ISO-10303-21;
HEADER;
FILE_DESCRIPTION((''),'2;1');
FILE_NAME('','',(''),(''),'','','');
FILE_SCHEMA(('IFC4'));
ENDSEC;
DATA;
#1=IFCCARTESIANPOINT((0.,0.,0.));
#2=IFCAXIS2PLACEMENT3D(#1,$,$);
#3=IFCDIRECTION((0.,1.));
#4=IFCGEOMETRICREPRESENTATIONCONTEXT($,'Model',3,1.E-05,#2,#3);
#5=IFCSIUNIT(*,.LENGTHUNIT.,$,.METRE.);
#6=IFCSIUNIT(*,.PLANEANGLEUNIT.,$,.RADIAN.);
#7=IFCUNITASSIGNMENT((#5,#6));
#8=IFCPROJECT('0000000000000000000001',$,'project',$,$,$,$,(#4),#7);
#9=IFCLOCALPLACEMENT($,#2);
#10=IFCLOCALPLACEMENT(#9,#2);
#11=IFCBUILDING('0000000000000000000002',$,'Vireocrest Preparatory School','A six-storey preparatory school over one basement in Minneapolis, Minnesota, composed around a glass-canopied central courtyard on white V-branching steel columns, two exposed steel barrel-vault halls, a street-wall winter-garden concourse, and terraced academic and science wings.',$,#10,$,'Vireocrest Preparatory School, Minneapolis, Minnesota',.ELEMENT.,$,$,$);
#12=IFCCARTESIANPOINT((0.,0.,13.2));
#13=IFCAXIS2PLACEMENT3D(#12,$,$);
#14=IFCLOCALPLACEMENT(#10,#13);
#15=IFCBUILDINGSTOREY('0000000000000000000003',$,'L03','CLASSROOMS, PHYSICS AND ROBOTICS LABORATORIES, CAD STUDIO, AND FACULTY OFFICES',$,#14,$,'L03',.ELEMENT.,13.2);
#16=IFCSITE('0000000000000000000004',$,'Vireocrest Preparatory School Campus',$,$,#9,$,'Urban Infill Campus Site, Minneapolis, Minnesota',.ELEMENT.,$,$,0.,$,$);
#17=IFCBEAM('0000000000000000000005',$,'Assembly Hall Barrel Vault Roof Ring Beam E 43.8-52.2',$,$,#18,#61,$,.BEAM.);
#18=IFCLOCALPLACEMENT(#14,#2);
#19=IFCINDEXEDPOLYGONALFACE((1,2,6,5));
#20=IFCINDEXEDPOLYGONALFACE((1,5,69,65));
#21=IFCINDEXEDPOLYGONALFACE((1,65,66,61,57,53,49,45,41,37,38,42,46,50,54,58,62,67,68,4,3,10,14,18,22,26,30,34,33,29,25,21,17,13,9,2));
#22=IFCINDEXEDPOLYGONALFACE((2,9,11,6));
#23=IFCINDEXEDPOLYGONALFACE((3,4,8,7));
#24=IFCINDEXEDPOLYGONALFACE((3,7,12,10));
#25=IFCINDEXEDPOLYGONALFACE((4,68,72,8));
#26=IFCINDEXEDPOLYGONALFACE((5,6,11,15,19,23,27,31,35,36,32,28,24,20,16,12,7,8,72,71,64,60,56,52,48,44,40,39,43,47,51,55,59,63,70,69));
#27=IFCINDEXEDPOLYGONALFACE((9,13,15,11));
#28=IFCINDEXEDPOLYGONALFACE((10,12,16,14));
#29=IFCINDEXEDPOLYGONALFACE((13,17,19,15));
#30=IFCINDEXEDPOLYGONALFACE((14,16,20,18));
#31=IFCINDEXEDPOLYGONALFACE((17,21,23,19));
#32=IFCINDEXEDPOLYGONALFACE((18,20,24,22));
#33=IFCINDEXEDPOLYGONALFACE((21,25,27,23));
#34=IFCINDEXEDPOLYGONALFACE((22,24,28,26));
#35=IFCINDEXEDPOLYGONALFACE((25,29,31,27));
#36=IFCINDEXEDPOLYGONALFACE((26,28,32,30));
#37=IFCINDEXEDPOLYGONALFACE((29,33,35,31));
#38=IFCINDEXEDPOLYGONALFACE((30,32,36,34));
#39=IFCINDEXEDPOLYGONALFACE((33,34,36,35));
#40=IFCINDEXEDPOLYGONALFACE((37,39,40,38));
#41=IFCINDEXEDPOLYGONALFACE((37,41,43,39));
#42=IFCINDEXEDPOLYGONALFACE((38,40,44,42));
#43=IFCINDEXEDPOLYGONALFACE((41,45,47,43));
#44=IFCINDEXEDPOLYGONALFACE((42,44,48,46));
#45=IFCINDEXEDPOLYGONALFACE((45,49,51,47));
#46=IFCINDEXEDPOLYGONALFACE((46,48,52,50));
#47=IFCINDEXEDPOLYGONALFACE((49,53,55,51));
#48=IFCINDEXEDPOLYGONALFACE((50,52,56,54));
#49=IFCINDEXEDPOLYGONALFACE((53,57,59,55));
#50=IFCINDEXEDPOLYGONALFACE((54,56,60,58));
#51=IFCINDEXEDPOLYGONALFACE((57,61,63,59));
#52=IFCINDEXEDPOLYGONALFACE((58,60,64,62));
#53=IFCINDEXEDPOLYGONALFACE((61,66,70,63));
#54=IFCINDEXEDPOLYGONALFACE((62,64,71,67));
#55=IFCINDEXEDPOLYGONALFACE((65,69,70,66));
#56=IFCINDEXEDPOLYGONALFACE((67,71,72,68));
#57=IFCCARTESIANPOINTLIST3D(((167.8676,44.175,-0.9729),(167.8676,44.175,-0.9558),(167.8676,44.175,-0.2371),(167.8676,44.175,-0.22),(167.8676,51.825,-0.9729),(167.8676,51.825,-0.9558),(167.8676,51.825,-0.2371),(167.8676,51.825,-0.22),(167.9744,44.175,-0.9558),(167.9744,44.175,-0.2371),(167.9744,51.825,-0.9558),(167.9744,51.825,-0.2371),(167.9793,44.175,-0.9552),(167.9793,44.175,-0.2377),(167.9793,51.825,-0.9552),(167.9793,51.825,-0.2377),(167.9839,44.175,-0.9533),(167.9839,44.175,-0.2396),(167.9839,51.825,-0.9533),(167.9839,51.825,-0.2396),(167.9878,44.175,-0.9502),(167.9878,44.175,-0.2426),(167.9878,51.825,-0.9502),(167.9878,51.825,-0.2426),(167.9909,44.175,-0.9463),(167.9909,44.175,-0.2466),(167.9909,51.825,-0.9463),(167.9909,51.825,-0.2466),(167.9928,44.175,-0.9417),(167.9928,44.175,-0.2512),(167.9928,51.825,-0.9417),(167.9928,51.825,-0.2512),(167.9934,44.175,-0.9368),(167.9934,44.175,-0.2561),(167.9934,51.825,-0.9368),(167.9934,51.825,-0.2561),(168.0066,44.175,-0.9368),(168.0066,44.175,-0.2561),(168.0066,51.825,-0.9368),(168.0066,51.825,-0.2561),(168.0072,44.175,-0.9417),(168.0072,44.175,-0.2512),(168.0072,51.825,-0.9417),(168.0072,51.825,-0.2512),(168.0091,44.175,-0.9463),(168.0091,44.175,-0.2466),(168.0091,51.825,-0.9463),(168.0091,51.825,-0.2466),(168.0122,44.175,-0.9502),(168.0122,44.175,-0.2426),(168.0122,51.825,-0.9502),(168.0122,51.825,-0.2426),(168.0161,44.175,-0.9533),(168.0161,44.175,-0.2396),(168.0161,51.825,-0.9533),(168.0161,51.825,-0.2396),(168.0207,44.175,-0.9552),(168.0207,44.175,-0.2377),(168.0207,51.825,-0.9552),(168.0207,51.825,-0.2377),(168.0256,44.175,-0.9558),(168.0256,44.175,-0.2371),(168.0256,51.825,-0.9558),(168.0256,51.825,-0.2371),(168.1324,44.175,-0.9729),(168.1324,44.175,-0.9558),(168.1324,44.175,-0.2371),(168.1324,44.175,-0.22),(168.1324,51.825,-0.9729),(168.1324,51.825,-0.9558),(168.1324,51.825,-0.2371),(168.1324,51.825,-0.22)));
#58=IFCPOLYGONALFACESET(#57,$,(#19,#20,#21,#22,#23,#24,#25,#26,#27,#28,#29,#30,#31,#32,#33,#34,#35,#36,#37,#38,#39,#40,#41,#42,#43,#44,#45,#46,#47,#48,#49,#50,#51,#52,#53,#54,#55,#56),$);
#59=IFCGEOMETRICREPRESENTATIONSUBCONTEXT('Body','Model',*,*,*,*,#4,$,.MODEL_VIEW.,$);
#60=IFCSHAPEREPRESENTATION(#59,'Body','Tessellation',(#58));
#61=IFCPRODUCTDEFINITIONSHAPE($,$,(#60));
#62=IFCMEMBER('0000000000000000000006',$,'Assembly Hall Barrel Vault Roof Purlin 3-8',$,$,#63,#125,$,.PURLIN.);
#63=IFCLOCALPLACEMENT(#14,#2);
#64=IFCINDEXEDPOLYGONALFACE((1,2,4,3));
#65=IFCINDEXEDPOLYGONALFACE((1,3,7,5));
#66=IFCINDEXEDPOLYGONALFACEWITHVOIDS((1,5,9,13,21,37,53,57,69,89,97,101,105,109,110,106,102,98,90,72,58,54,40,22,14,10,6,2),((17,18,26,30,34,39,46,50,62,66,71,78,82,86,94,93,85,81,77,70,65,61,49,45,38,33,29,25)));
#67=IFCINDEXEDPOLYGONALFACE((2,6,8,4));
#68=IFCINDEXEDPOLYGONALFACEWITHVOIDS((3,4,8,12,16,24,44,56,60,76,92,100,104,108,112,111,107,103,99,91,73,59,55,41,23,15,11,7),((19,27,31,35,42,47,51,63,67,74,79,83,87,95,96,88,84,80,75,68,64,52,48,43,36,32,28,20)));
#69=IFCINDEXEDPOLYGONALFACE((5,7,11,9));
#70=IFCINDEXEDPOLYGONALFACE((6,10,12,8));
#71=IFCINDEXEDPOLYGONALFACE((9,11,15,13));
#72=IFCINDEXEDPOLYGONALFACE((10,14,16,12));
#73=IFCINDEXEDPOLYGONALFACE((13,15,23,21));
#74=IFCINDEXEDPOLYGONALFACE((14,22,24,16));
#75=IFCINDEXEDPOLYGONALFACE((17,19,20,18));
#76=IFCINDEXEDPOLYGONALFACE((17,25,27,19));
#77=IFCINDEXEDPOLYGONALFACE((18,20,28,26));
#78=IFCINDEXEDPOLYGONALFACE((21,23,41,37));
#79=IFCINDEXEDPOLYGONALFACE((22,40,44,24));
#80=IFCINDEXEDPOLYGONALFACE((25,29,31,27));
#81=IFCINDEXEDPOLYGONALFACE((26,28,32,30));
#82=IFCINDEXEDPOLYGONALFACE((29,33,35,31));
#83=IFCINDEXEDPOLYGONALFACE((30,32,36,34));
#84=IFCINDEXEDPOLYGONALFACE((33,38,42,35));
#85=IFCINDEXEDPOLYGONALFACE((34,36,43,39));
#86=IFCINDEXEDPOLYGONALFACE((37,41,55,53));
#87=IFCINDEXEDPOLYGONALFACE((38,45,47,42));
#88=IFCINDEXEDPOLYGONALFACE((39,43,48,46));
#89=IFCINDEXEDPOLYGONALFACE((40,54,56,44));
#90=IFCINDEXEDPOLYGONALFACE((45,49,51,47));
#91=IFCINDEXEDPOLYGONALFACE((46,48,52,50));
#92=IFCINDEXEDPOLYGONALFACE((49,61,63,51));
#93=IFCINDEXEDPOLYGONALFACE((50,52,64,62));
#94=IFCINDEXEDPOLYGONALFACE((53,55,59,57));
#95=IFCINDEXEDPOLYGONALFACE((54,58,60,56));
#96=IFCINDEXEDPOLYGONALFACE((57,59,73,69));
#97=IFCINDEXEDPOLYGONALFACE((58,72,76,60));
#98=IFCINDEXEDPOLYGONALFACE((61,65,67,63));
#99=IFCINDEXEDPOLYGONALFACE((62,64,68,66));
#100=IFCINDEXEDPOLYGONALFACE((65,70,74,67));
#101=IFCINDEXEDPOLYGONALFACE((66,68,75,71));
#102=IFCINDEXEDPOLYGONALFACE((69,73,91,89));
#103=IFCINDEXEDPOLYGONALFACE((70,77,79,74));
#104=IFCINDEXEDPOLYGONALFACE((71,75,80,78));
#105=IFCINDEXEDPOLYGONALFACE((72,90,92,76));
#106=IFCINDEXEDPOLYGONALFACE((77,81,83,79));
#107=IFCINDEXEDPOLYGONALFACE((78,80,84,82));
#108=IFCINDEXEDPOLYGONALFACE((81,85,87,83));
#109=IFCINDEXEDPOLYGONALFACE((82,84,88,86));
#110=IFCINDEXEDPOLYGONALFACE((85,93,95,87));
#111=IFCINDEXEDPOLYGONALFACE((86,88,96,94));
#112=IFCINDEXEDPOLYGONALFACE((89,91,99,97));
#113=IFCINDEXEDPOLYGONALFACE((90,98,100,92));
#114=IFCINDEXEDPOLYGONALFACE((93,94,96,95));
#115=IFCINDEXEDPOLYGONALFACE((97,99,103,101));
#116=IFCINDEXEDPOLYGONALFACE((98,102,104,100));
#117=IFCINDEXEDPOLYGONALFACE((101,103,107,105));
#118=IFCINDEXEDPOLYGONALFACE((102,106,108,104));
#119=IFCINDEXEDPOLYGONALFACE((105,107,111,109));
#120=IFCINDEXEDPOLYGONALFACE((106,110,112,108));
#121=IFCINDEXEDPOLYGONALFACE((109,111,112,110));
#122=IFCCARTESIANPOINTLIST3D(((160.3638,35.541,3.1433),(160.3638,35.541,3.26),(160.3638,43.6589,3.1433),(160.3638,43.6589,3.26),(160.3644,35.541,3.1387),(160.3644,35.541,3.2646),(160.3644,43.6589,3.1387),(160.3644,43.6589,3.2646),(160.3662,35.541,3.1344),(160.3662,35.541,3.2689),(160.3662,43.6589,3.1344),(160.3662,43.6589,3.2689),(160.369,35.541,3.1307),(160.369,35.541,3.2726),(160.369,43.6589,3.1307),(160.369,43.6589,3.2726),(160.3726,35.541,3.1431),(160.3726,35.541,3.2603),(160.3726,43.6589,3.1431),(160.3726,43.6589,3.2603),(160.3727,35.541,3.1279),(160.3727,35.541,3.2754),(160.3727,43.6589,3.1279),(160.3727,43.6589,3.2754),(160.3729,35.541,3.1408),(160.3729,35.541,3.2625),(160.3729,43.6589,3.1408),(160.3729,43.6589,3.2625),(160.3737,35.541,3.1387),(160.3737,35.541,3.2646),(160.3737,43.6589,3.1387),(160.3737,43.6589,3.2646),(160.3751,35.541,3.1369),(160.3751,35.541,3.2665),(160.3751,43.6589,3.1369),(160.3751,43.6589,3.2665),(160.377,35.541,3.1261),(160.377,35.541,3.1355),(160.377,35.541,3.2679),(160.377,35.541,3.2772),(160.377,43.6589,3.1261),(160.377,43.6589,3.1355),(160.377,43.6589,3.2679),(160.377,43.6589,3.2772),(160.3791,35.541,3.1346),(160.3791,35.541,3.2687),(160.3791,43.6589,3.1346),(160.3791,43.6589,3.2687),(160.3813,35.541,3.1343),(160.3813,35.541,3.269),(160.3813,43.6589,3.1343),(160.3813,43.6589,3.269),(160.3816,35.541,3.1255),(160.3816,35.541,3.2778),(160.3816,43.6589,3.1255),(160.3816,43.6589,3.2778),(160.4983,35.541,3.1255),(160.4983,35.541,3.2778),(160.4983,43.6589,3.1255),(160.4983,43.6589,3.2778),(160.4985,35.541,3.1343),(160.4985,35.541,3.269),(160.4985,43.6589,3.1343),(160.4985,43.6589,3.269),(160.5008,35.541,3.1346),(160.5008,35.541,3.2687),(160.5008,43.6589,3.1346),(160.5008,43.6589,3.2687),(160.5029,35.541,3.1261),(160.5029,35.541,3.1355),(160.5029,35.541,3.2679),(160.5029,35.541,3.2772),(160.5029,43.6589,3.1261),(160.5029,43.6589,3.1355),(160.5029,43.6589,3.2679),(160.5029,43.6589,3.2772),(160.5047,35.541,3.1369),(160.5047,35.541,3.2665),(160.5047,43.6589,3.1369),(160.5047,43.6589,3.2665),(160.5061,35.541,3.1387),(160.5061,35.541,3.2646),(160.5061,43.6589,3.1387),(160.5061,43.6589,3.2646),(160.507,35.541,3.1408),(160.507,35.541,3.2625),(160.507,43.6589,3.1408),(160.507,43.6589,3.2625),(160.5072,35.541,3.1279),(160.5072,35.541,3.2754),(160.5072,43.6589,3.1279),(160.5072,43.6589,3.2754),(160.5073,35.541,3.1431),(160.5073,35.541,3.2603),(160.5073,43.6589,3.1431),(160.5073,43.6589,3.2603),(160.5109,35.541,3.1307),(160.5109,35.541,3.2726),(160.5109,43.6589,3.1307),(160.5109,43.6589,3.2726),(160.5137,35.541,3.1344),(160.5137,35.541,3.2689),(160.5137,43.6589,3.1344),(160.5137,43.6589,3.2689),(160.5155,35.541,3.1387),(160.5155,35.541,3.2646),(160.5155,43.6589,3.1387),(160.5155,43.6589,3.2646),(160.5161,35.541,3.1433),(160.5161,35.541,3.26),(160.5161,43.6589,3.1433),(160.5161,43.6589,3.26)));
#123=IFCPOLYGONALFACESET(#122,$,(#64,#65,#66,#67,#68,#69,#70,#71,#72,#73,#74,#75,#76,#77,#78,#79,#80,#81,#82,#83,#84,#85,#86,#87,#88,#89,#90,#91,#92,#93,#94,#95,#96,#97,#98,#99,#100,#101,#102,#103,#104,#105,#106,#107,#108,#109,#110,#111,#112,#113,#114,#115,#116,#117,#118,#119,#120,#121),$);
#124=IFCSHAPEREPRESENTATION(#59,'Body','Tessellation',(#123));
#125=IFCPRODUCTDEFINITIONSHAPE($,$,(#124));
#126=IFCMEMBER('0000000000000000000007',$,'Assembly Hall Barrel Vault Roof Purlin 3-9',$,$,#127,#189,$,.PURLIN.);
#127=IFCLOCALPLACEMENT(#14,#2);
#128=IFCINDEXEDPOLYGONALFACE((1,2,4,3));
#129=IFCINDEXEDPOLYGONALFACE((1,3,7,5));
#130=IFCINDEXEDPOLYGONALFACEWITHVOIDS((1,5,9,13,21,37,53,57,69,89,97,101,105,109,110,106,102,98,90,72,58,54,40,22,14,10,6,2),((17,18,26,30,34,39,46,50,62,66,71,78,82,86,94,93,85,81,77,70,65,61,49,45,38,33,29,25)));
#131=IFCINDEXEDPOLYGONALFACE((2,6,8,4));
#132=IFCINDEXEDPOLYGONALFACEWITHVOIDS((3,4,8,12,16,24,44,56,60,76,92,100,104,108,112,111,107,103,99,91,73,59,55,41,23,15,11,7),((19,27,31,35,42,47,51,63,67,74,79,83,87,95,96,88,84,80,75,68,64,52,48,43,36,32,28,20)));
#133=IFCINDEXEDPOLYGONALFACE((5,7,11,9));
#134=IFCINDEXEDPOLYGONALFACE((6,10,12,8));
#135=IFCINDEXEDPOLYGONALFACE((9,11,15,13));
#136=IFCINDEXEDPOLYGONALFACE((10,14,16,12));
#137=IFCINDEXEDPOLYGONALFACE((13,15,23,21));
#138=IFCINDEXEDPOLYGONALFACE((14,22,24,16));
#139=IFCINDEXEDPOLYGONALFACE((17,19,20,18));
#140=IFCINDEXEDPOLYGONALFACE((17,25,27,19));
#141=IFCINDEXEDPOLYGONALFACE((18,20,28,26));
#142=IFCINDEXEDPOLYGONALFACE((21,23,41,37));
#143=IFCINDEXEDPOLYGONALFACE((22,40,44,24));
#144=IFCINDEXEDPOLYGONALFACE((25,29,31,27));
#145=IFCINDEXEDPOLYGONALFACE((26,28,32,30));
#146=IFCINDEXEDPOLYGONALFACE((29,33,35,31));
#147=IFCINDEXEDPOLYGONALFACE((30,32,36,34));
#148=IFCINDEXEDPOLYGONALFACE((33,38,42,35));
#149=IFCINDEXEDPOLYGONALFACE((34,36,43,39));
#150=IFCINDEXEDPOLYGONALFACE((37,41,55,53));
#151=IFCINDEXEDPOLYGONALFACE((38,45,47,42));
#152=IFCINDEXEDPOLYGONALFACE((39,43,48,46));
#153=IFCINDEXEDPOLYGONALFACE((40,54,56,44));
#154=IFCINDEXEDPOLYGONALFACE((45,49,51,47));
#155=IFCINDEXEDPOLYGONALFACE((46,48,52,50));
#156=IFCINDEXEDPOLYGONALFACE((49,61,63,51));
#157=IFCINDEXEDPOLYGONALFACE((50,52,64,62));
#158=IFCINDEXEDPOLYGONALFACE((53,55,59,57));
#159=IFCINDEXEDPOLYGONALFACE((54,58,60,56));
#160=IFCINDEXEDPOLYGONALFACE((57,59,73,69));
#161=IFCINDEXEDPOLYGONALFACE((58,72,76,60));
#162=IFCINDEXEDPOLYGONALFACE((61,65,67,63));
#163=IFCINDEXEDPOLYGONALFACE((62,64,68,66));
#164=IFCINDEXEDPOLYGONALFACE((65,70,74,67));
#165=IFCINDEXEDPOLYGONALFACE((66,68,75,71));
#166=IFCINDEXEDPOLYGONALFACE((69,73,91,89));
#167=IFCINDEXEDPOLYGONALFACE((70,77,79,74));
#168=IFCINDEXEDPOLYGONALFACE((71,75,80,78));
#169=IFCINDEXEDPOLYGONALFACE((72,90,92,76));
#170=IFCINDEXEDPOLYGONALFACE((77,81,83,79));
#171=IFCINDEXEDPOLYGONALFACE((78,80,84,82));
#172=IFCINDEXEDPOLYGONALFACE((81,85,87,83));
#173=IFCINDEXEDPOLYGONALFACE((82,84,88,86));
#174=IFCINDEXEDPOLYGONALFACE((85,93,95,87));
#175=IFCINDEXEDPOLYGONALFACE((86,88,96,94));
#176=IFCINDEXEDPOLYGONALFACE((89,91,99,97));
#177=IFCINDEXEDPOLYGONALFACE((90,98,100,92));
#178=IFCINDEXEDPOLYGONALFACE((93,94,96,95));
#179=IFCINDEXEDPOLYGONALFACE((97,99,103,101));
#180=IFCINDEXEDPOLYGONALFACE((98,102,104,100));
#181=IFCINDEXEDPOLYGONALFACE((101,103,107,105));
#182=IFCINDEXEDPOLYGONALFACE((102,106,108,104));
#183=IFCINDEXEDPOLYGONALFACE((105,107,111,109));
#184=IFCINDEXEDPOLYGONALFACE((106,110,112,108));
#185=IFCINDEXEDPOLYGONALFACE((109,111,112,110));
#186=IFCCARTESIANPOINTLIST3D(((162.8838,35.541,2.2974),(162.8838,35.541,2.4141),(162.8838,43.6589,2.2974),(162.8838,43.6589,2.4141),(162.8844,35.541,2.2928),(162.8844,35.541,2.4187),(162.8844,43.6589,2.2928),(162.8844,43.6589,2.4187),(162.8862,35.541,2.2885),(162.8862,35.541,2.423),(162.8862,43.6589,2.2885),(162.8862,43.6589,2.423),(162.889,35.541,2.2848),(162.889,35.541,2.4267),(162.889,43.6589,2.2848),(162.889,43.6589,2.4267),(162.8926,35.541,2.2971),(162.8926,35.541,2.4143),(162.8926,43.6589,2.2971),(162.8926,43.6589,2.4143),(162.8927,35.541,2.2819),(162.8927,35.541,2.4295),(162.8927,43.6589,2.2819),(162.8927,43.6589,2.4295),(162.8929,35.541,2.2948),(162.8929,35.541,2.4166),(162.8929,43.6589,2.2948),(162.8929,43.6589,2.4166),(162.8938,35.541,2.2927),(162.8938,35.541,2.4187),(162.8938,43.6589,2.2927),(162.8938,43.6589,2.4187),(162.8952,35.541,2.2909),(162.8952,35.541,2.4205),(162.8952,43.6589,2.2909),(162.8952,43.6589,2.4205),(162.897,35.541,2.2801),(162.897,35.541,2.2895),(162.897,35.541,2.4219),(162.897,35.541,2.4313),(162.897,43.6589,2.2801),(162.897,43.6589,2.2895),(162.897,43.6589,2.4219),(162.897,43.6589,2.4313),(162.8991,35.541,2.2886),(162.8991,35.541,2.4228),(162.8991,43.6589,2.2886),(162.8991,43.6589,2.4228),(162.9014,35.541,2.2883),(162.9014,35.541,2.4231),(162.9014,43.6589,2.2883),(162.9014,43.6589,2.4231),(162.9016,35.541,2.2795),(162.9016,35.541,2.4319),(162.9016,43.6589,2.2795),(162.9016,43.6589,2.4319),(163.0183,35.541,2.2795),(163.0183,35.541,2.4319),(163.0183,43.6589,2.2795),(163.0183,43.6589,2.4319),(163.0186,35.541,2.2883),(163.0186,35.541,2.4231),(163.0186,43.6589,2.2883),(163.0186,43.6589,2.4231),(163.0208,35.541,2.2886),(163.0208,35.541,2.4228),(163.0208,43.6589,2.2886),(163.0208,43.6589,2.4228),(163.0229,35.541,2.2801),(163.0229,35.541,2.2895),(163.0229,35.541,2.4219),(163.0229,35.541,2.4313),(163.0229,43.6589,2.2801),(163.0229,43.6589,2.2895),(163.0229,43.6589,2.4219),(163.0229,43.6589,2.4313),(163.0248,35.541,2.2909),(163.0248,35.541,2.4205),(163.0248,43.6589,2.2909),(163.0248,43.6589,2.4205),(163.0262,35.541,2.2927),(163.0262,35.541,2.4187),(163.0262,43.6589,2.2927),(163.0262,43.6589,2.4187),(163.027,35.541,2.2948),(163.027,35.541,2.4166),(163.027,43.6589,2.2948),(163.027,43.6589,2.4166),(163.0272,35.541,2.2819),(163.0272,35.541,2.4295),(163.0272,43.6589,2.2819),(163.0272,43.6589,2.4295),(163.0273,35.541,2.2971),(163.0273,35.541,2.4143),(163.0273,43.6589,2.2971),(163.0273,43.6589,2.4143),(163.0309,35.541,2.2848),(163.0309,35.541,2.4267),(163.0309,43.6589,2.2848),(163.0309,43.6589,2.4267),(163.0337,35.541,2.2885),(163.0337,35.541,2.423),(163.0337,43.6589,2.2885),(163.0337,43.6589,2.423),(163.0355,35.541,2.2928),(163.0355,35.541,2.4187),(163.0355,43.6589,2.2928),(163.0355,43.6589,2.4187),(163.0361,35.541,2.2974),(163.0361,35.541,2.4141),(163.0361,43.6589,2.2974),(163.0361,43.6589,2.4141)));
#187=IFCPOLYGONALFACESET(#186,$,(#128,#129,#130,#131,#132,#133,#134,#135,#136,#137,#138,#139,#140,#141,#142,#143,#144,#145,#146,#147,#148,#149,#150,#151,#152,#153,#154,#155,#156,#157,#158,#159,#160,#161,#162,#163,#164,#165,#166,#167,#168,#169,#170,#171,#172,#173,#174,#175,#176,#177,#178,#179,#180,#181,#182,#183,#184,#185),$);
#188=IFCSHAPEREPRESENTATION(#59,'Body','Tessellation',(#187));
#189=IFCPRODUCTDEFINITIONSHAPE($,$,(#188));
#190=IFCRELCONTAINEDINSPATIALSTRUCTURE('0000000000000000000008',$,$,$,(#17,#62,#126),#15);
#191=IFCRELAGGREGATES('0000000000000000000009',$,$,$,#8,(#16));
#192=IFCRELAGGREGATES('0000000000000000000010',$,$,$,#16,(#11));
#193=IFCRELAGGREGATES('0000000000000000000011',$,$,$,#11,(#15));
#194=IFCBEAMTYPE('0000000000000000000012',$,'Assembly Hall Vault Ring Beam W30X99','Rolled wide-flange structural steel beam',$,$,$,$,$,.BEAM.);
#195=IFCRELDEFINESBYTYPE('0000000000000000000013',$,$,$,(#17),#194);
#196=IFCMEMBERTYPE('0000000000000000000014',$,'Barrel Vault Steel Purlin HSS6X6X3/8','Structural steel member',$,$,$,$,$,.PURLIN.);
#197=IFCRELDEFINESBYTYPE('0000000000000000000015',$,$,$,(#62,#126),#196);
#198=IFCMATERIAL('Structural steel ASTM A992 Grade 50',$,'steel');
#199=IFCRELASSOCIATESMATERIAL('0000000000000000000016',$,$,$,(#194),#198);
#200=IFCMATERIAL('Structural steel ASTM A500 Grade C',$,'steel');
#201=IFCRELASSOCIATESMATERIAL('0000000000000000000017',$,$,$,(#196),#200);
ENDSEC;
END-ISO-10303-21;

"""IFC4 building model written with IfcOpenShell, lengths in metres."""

from ifc_helpers import new_model, si_unit, direction, frame, origin, origin_2d, place, context, subcontext, project, spatial, hollow_rectangle, i_section, extrude, material, material_profile, profile_set, type_object, element, save


model = new_model("IFC4")

# Units and contexts
model_context = context("Model", 3, precision=1e-05, world=origin(), true_north=direction((0.0, 1.0)))
body_context = subcontext(model_context, "Body", "Model", "MODEL_VIEW")
ifc_project = project(units=[si_unit("LENGTHUNIT", "METRE"), si_unit("PLANEANGLEUNIT", "RADIAN")], contexts=[model_context])

# Site, building, storey
site_placement = place(None, origin())
site = spatial("IfcSite", under=ifc_project, at=site_placement, Name="Vireocrest Preparatory School Campus", LongName="Urban Infill Campus Site, Minneapolis, Minnesota", CompositionType="ELEMENT", RefElevation=0.0)
building_placement = place(site_placement, origin())
building = spatial("IfcBuilding", under=site, at=building_placement, Name="Vireocrest Preparatory School", Description="A six-storey preparatory school over one basement in Minneapolis, Minnesota, composed around a glass-canopied central courtyard on white V-branching steel columns, two exposed steel barrel-vault halls, a street-wall winter-garden concourse, and terraced academic and science wings.", LongName="Vireocrest Preparatory School, Minneapolis, Minnesota", CompositionType="ELEMENT")
storey_placement = place(building_placement, frame((0.0, 0.0, 13.2)))
storey = spatial("IfcBuildingStorey", under=building, at=storey_placement, Name="L03", Description="CLASSROOMS, PHYSICS AND ROBOTICS LABORATORIES, CAD STUDIO, AND FACULTY OFFICES", LongName="L03", CompositionType="ELEMENT", Elevation=13.2)

# Beam
ifc_material_1 = material(Name="Structural steel ASTM A992 Grade 50", Category="steel")
ifc_material_profile_1 = material_profile(ifc_material_1, i_section(OverallWidth=0.2649, OverallDepth=0.7529, WebThickness=0.0132, FlangeThickness=0.0171, FilletRadius=0.019, at=origin_2d()), Name="W30X99")
ifc_profile_set_1 = profile_set([ifc_material_profile_1], Name="Structural steel ASTM A992 Grade 50")
beam_type_1 = type_object("IfcBeamType", Name="Assembly Hall Vault Ring Beam W30X99", Description="Rolled wide-flange structural steel beam", PredefinedType="BEAM", material=ifc_profile_set_1)
beam_1_placement = place(storey_placement, frame((168.0, 44.175, -0.5964), z_axis=(0.0, 1.0, 0.0), x_axis=(-1.0, 0.0, 0.0)))
element("IfcBeam", 1, at=beam_1_placement, inside=storey, type_object=beam_type_1, Name="Assembly Hall Barrel Vault Roof Ring Beam E 43.8-52.2", PredefinedType="BEAM", context=body_context, shape_type="SweptSolid", body=[
    extrude(i_section(OverallWidth=0.2649, OverallDepth=0.7529, WebThickness=0.0132, FlangeThickness=0.0171, FilletRadius=0.019, at=origin_2d()), origin(), (0.0, 0.0, 1.0), 7.6499),
])

# Members
ifc_material_2 = material(Name="Structural steel ASTM A500 Grade C", Category="steel")
ifc_material_profile_2 = material_profile(ifc_material_2, hollow_rectangle(XDim=0.1523, YDim=0.1523, WallThickness=0.0088, InnerFilletRadius=0.0088, OuterFilletRadius=0.0178, at=origin_2d()), Name="HSS6X6X3/8")
ifc_profile_set_2 = profile_set([ifc_material_profile_2], Name="Structural steel ASTM A500 Grade C")
member_type_1 = type_object("IfcMemberType", Name="Barrel Vault Steel Purlin HSS6X6X3/8", Description="Structural steel member", PredefinedType="PURLIN", material=ifc_profile_set_2)
for number, where, z_axis, x_axis, name in (
    (2, (160.4399, 35.541, 3.2017), (0.0, 1.0, 0.0), (-1.0, 0.0, 0.0), "Assembly Hall Barrel Vault Roof Purlin 3-8"),
    (3, (162.96, 35.541, 2.3557), (0.0, 1.0, 0.0), (-1.0, 0.0, 0.0), "Assembly Hall Barrel Vault Roof Purlin 3-9"),
):
    element("IfcMember", number, at=place(storey_placement, frame(where, z_axis=z_axis, x_axis=x_axis)), inside=storey, type_object=member_type_1, Name=name, PredefinedType="PURLIN", context=body_context, shape_type="SweptSolid", body=[
        extrude(hollow_rectangle(XDim=0.1523, YDim=0.1523, WallThickness=0.0088, InnerFilletRadius=0.0088, OuterFilletRadius=0.0178, at=origin_2d()), origin(), (0.0, 0.0, 1.0), 8.1179),
    ])

save(model, "model.ifc")
